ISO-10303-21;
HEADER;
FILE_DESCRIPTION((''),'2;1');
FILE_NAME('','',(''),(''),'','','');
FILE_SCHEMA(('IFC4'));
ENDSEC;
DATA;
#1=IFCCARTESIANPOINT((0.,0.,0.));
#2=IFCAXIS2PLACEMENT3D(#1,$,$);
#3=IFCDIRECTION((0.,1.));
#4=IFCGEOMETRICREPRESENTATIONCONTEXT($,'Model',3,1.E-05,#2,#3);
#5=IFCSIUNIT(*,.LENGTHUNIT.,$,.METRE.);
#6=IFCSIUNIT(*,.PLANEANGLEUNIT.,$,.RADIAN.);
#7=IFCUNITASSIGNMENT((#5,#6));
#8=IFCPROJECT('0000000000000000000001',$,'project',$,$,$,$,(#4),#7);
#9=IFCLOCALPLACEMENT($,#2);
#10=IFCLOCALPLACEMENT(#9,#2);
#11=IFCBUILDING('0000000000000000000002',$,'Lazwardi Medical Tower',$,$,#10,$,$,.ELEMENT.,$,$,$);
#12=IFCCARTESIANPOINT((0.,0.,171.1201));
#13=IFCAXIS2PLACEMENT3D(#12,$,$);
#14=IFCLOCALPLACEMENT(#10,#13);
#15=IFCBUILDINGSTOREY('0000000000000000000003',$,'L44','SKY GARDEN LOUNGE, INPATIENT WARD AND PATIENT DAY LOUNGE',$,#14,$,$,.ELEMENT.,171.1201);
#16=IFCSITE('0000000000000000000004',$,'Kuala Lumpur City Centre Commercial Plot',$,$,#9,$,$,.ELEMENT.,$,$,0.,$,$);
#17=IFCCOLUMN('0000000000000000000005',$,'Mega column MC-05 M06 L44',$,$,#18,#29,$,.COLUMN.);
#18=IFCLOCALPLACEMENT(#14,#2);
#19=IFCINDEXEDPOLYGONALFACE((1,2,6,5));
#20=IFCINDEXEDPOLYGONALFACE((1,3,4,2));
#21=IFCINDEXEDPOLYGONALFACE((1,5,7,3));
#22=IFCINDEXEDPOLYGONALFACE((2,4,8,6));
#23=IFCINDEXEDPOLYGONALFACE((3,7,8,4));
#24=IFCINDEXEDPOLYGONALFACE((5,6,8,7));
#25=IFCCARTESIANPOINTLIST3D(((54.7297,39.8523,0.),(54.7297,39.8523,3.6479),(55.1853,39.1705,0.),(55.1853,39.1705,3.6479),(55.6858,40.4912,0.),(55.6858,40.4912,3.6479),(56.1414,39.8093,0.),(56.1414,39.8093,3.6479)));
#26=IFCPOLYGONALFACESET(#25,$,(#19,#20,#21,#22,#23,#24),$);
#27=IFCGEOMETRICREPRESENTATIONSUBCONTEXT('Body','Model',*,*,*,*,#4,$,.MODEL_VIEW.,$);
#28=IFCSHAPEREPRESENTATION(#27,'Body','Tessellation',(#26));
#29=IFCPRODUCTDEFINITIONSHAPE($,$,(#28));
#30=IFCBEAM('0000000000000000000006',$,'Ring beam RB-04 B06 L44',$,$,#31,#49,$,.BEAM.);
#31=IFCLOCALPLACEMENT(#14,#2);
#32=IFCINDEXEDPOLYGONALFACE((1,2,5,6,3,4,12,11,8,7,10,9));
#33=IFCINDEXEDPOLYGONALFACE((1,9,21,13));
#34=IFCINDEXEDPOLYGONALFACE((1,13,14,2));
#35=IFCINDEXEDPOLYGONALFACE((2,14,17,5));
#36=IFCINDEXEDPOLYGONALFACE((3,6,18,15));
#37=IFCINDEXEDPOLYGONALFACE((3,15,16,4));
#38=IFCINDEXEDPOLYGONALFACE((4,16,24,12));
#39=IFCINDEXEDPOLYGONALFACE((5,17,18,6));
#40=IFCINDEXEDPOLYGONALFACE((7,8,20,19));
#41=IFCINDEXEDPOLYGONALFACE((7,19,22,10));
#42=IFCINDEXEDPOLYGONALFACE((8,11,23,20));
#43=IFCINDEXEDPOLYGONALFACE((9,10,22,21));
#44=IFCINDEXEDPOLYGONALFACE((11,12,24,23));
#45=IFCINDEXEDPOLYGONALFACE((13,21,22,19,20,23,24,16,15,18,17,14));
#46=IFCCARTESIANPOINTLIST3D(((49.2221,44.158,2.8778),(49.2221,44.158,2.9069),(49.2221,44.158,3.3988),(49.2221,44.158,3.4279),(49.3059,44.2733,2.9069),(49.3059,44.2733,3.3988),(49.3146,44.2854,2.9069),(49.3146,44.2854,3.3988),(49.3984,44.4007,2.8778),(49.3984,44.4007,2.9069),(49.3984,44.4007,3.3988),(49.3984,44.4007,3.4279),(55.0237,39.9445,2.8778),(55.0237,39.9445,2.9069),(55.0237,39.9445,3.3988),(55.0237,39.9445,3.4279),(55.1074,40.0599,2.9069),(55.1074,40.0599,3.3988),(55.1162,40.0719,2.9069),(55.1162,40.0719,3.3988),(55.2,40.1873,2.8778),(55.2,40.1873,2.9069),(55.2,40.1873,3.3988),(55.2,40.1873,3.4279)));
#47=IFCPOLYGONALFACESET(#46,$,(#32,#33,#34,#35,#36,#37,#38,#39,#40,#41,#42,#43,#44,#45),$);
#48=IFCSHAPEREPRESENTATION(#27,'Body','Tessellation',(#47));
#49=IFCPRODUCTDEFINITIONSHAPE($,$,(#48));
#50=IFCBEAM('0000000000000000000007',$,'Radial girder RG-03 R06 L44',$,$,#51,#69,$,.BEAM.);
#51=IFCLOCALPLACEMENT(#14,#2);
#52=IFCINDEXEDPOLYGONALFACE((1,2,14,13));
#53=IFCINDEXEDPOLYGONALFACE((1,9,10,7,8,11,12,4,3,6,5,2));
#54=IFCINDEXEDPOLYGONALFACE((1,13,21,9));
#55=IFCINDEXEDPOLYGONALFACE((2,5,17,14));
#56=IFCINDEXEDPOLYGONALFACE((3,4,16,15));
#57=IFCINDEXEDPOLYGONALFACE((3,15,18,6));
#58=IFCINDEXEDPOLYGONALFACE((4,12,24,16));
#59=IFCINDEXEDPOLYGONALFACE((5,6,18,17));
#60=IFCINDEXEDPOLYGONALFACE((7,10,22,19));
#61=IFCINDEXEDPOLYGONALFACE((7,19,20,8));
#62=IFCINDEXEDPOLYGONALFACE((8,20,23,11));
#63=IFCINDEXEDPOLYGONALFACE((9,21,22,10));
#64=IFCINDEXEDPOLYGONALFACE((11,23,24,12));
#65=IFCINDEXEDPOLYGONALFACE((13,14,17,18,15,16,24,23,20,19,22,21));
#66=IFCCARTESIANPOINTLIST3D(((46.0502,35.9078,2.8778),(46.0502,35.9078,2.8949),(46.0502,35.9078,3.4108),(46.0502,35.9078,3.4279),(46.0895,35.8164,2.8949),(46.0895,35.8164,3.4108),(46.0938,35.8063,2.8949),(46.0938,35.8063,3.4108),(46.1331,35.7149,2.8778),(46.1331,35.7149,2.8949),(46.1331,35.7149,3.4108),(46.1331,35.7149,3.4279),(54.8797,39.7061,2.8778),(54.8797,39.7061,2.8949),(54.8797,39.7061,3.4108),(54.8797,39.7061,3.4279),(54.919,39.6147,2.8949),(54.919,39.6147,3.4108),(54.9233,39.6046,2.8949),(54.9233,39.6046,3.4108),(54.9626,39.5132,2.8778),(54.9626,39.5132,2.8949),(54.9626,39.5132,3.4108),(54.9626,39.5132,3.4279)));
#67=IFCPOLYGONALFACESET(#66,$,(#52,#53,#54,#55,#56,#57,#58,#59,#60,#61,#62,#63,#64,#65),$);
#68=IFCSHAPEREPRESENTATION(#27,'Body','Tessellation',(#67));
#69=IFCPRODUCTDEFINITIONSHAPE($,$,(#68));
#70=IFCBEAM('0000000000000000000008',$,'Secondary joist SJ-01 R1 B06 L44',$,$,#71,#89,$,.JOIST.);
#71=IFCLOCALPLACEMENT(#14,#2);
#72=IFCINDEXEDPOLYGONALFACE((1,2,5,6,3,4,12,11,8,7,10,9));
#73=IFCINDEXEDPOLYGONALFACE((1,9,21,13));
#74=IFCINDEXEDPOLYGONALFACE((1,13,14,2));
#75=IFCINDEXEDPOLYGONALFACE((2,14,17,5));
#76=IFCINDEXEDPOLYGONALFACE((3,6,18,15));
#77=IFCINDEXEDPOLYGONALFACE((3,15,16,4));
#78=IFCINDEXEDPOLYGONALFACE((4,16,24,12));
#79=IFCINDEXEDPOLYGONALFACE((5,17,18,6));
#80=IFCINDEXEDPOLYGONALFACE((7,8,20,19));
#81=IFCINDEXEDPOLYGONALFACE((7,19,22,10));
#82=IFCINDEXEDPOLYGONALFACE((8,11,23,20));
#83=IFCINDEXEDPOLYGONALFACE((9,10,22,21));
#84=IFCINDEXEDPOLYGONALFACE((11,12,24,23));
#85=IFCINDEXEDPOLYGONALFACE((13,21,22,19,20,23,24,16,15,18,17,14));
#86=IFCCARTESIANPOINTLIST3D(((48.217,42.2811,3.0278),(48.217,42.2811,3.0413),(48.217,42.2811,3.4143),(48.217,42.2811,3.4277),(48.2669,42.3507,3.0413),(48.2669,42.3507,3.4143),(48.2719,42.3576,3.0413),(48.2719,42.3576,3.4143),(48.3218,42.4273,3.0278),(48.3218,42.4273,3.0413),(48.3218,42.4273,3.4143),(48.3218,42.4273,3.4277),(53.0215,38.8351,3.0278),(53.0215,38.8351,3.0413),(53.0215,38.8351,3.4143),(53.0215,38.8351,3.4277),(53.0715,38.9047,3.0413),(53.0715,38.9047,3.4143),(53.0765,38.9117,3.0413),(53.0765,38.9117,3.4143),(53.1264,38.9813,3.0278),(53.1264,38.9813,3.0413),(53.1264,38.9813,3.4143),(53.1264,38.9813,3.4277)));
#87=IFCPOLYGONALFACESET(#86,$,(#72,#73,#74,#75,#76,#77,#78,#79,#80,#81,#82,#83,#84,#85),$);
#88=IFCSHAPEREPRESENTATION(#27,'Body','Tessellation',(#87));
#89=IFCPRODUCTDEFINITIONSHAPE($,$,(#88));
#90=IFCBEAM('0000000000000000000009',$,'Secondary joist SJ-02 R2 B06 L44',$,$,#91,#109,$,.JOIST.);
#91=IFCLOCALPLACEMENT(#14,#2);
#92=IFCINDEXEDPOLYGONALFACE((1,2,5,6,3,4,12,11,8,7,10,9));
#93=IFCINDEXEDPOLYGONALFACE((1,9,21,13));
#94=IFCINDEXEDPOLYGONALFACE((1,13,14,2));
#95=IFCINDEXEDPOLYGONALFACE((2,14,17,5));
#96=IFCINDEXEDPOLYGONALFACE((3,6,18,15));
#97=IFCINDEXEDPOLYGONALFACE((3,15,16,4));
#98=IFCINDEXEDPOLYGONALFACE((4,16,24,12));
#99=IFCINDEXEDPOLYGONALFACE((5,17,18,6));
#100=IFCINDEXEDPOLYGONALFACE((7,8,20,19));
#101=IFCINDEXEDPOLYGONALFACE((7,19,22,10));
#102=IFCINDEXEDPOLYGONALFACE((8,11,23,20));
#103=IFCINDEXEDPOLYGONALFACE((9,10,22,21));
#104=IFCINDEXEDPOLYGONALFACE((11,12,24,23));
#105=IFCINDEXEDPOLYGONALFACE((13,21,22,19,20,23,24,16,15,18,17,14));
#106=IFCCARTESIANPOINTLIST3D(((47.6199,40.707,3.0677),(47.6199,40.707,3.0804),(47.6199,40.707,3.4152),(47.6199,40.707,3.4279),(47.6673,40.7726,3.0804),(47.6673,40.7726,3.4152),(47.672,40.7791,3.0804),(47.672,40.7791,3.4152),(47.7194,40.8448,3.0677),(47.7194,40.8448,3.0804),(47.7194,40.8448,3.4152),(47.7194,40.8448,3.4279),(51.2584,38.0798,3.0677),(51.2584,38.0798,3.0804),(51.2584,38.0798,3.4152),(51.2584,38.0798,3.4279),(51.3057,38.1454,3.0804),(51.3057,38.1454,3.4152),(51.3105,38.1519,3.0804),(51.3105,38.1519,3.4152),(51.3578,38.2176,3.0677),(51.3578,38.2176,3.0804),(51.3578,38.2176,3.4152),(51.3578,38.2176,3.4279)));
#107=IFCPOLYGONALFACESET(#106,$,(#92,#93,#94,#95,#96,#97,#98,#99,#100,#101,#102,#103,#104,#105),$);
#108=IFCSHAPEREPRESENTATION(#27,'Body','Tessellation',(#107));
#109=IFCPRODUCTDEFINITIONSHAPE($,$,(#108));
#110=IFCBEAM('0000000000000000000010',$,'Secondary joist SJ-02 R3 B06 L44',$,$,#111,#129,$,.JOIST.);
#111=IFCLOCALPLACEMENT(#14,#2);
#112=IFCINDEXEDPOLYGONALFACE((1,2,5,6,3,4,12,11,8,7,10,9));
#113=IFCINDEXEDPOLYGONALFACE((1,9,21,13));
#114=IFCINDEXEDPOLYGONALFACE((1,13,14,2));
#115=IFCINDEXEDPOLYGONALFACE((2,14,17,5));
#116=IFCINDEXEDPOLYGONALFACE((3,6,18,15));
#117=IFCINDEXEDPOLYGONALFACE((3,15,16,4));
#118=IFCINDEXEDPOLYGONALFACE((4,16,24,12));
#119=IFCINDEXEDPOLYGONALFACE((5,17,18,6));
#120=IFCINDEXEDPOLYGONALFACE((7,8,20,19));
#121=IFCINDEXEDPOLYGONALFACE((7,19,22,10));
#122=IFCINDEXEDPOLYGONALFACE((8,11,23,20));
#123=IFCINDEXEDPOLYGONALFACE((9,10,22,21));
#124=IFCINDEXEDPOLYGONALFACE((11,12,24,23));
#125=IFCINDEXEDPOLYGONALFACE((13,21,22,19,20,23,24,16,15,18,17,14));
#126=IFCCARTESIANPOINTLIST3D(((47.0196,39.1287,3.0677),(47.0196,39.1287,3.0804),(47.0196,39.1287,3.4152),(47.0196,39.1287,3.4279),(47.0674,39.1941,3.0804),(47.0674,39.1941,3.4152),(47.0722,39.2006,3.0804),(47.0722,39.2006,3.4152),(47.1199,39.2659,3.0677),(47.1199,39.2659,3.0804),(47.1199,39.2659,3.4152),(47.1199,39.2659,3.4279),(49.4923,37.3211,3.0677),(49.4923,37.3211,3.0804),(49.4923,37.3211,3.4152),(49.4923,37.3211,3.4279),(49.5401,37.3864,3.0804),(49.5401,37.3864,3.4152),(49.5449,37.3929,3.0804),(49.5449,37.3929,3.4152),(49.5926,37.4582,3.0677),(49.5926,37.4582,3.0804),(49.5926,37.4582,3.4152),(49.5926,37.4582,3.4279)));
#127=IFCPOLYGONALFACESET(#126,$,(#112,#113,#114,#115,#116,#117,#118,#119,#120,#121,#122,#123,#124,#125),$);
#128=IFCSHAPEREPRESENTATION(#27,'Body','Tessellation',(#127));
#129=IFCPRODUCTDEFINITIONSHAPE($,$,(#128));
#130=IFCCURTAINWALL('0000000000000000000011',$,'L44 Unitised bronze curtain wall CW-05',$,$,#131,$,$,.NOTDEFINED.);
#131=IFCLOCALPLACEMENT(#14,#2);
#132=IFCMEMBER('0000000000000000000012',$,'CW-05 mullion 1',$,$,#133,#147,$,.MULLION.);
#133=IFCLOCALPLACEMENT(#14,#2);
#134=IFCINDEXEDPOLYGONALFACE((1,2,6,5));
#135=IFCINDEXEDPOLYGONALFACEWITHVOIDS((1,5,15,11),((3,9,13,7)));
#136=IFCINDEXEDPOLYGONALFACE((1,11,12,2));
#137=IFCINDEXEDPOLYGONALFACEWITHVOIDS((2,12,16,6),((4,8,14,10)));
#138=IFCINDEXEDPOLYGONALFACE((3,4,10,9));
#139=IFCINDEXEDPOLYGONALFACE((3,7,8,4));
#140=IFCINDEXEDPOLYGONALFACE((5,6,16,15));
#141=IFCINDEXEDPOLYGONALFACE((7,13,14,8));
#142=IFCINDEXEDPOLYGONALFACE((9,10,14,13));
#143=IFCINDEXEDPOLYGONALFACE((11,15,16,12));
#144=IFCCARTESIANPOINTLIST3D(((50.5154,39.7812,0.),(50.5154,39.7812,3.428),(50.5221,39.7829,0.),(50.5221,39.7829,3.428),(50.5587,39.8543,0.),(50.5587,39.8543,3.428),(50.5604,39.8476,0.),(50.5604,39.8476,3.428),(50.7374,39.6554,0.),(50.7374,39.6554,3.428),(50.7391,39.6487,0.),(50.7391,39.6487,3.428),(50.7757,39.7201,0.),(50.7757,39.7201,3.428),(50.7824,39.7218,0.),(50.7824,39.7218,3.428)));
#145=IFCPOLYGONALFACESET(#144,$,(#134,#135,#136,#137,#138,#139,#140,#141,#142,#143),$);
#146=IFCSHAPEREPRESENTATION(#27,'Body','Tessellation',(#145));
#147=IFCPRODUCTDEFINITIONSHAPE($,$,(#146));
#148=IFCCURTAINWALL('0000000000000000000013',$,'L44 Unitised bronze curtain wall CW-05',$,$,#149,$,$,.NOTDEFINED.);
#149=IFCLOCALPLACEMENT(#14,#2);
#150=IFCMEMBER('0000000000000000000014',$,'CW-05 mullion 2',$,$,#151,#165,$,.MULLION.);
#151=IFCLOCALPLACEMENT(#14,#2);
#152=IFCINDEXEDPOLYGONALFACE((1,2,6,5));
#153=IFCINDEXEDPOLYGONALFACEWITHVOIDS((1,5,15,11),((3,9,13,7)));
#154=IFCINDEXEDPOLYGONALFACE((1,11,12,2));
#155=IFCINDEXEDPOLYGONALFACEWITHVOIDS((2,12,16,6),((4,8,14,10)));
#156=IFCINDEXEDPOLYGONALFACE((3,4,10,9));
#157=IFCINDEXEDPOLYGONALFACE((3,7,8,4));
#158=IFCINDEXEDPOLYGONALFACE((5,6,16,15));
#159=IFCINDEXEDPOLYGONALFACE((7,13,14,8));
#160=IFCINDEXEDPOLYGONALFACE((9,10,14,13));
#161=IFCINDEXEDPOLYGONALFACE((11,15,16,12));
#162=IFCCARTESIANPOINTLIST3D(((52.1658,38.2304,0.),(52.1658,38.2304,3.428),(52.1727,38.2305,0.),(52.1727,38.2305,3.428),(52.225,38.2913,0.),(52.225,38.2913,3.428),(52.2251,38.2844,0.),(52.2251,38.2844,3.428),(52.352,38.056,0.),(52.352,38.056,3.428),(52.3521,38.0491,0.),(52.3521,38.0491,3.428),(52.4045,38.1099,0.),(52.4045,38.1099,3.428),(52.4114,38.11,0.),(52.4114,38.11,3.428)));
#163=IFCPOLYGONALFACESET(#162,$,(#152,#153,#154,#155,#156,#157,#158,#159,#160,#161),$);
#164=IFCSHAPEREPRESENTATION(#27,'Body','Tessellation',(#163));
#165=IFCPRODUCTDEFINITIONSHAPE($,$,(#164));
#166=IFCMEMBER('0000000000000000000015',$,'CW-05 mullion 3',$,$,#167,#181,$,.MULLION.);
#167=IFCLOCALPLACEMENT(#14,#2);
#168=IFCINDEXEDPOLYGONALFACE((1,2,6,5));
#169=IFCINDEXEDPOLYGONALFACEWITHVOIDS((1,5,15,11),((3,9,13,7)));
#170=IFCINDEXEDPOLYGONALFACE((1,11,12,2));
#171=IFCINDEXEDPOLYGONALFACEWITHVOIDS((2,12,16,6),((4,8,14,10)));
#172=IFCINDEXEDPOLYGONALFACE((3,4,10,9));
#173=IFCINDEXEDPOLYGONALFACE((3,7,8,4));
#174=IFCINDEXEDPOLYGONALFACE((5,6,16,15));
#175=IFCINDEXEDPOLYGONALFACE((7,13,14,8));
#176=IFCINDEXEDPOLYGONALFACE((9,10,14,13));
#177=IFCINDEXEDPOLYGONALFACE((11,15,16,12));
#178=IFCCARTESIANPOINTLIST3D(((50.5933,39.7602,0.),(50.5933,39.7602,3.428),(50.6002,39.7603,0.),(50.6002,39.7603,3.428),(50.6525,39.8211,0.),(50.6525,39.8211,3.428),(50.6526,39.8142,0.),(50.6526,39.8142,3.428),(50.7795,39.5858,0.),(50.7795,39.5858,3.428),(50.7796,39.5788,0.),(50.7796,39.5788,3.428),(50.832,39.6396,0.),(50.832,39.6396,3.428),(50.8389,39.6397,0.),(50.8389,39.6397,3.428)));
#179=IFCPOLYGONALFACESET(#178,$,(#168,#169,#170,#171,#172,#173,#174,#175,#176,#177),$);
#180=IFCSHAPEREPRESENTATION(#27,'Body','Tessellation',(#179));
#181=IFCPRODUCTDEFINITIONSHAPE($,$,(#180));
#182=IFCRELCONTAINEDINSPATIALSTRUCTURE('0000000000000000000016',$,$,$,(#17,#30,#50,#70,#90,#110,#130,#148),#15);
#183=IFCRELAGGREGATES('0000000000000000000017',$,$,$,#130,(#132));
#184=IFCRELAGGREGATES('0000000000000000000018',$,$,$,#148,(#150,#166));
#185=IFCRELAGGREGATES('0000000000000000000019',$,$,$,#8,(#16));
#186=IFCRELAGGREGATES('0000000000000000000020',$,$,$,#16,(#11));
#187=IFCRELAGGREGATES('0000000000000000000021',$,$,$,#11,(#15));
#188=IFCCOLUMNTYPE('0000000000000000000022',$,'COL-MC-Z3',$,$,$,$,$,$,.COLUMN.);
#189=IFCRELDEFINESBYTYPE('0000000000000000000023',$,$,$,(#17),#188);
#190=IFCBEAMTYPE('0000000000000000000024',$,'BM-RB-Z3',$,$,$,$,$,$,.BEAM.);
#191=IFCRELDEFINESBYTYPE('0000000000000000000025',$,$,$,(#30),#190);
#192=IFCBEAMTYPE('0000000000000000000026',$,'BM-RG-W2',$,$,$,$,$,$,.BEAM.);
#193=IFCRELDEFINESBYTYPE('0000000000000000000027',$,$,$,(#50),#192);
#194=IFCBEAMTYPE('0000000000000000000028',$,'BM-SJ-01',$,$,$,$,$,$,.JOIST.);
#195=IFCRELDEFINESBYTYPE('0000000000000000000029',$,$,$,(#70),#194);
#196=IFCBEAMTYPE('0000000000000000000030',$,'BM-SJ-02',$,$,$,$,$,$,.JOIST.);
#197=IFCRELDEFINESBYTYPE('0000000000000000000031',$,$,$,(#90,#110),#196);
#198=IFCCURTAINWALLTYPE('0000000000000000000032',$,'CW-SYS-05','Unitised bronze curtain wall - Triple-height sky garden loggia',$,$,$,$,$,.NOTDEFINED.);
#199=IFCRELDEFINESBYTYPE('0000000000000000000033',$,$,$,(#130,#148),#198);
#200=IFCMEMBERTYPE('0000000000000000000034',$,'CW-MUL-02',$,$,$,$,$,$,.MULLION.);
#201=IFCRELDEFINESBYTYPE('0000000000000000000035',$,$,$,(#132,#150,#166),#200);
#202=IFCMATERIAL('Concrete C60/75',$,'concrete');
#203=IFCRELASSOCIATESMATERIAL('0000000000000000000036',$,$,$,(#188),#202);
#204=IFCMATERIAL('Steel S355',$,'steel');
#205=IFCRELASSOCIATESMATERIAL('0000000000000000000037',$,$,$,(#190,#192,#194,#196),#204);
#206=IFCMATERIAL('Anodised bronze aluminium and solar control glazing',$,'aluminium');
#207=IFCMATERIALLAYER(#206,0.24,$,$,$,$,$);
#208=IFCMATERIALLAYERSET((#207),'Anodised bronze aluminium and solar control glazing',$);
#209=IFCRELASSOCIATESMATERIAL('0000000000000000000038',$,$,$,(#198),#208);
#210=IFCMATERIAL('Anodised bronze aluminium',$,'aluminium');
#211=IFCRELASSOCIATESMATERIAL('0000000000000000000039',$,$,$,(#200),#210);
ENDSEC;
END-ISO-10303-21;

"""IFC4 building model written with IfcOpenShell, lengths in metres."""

from ifc_helpers import new_model, si_unit, direction, frame, origin, origin_2d, place, context, subcontext, project, spatial, rectangle, hollow_rectangle, i_section, extrude, material, layer, layer_set, material_profile, profile_set, type_object, element, aggregate, save


model = new_model("IFC4")

# Units and contexts
model_context = context("Model", 3, precision=1e-05, world=origin(), true_north=direction((0.0, 1.0)))
body_context = subcontext(model_context, "Body", "Model", "MODEL_VIEW")
ifc_project = project(units=[si_unit("LENGTHUNIT", "METRE"), si_unit("PLANEANGLEUNIT", "RADIAN")], contexts=[model_context])

# Site, building, storey
site_placement = place(None, origin())
site = spatial("IfcSite", under=ifc_project, at=site_placement, Name="Kuala Lumpur City Centre Commercial Plot", CompositionType="ELEMENT", RefElevation=0.0)
building_placement = place(site_placement, origin())
building = spatial("IfcBuilding", under=site, at=building_placement, Name="Lazwardi Medical Tower", CompositionType="ELEMENT")
storey_placement = place(building_placement, frame((0.0, 0.0, 171.1201)))
storey = spatial("IfcBuildingStorey", under=building, at=storey_placement, Name="L44", Description="SKY GARDEN LOUNGE, INPATIENT WARD AND PATIENT DAY LOUNGE", CompositionType="ELEMENT", Elevation=171.1201)

# Column
ifc_material_1 = material(Name="Concrete C60/75", Category="concrete")
ifc_material_profile_1 = material_profile(ifc_material_1, rectangle(XDim=1.1499, YDim=0.8201, at=origin_2d()), Name="CFT-RECT 1150x820")
ifc_profile_set_1 = profile_set([ifc_material_profile_1], Name="Concrete C60/75")
column_type = type_object("IfcColumnType", Name="COL-MC-Z3", PredefinedType="COLUMN", material=ifc_profile_set_1)
column_placement = place(storey_placement, frame((55.4355, 39.8308, 0.0), z_axis=(0.0, 0.0, 1.0), x_axis=(0.83147, 0.55557, 0.0)))
element("IfcColumn", 1, at=column_placement, inside=storey, type_object=column_type, Name="Mega column MC-05 M06 L44", PredefinedType="COLUMN", context=body_context, shape_type="SweptSolid", body=[
    extrude(rectangle(XDim=1.1499, YDim=0.8201, at=origin_2d()), origin(), (0.0, 0.0, 1.0), 3.6479),
])

# Beams
ifc_material_2 = material(Name="Steel S355", Category="steel")
ifc_material_profile_2 = material_profile(ifc_material_2, i_section(OverallWidth=0.3, OverallDepth=0.55, WebThickness=0.0149, FlangeThickness=0.0291, at=origin_2d()), Name="HEB 550")
ifc_profile_set_2 = profile_set([ifc_material_profile_2], Name="Steel S355")
beam_type_1 = type_object("IfcBeamType", Name="BM-RB-Z3", PredefinedType="BEAM", material=ifc_profile_set_2)
beam_1_placement = place(storey_placement, frame((55.1118, 40.0659, 3.1528), z_axis=(-0.809128, 0.587633, 0.0), x_axis=(-0.587633, -0.809128, 0.0)))
element("IfcBeam", 2, at=beam_1_placement, inside=storey, type_object=beam_type_1, Name="Ring beam RB-04 B06 L44", PredefinedType="BEAM", context=body_context, shape_type="SweptSolid", body=[
    extrude(i_section(OverallWidth=0.3, OverallDepth=0.55, WebThickness=0.0149, FlangeThickness=0.0291, at=origin_2d()), origin(), (0.0, 0.0, 1.0), 7.1702),
])
ifc_material_profile_3 = material_profile(ifc_material_2, i_section(OverallWidth=0.21, OverallDepth=0.55, WebThickness=0.011, FlangeThickness=0.0171, at=origin_2d()), Name="IPE 550")
ifc_profile_set_3 = profile_set([ifc_material_profile_3], Name="Steel S355")
beam_type_2 = type_object("IfcBeamType", Name="BM-RG-W2", PredefinedType="BEAM", material=ifc_profile_set_3)
beam_2_placement = place(storey_placement, frame((54.9211, 39.6096, 3.1528), z_axis=(-0.918608, -0.39517, 0.0), x_axis=(0.39517, -0.918608, 0.0)))
element("IfcBeam", 3, at=beam_2_placement, inside=storey, type_object=beam_type_2, Name="Radial girder RG-03 R06 L44", PredefinedType="BEAM", context=body_context, shape_type="SweptSolid", body=[
    extrude(i_section(OverallWidth=0.21, OverallDepth=0.55, WebThickness=0.011, FlangeThickness=0.0171, at=origin_2d()), origin(), (0.0, 0.0, 1.0), 9.6118),
])
ifc_material_profile_4 = material_profile(ifc_material_2, i_section(OverallWidth=0.1799, OverallDepth=0.3999, WebThickness=0.0085, FlangeThickness=0.0134, at=origin_2d()), Name="IPE 400")
ifc_profile_set_4 = profile_set([ifc_material_profile_4], Name="Steel S355")
beam_type_3 = type_object("IfcBeamType", Name="BM-SJ-01", PredefinedType="JOIST", material=ifc_profile_set_4)
beam_3_placement = place(storey_placement, frame((53.074, 38.9082, 3.2278), z_axis=(-0.812602, 0.582819, 0.0), x_axis=(-0.582819, -0.812602, 0.0)))
element("IfcBeam", 4, at=beam_3_placement, inside=storey, type_object=beam_type_3, Name="Secondary joist SJ-01 R1 B06 L44", PredefinedType="JOIST", context=body_context, shape_type="SweptSolid", body=[
    extrude(i_section(OverallWidth=0.1799, OverallDepth=0.3999, WebThickness=0.0085, FlangeThickness=0.0134, at=origin_2d()), origin(), (0.0, 0.0, 1.0), 5.9126),
])
ifc_material_profile_5 = material_profile(ifc_material_2, i_section(OverallWidth=0.1699, OverallDepth=0.3601, WebThickness=0.0081, FlangeThickness=0.0127, at=origin_2d()), Name="IPE 360")
ifc_profile_set_5 = profile_set([ifc_material_profile_5], Name="Steel S355")
beam_type_4 = type_object("IfcBeamType", Name="BM-SJ-02", PredefinedType="JOIST", material=ifc_profile_set_5)
beam_4_placement = place(storey_placement, frame((51.3081, 38.1487, 3.2478), z_axis=(-0.810738, 0.585409, 0.0), x_axis=(-0.585409, -0.810738, 0.0)))
element("IfcBeam", 5, at=beam_4_placement, inside=storey, type_object=beam_type_4, Name="Secondary joist SJ-02 R2 B06 L44", PredefinedType="JOIST", context=body_context, shape_type="SweptSolid", body=[
    extrude(i_section(OverallWidth=0.1699, OverallDepth=0.3601, WebThickness=0.0081, FlangeThickness=0.0127, at=origin_2d()), origin(), (0.0, 0.0, 1.0), 4.4878),
])
beam_5_placement = place(storey_placement, frame((49.5425, 37.3896, 3.2478), z_axis=(-0.807286, 0.59016, 0.0), x_axis=(-0.59016, -0.807286, 0.0)))
element("IfcBeam", 6, at=beam_5_placement, inside=storey, type_object=beam_type_4, Name="Secondary joist SJ-02 R3 B06 L44", PredefinedType="JOIST", context=body_context, shape_type="SweptSolid", body=[
    extrude(i_section(OverallWidth=0.1699, OverallDepth=0.3601, WebThickness=0.0081, FlangeThickness=0.0127, at=origin_2d()), origin(), (0.0, 0.0, 1.0), 3.063),
])

# Curtain wall, member
ifc_material_3 = material(Name="Anodised bronze aluminium and solar control glazing", Category="aluminium")
ifc_layer_1 = layer(ifc_material_3, 0.24)
ifc_layer_set_1 = layer_set([ifc_layer_1], Name="Anodised bronze aluminium and solar control glazing")
curtain_wall_type = type_object("IfcCurtainWallType", Name="CW-SYS-05", Description="Unitised bronze curtain wall - Triple-height sky garden loggia", PredefinedType="NOTDEFINED", material=ifc_layer_set_1)
curtain_wall_1_placement = place(storey_placement, origin())
curtain_wall_1 = element("IfcCurtainWall", 7, at=curtain_wall_1_placement, inside=storey, type_object=curtain_wall_type, Name="L44 Unitised bronze curtain wall CW-05", PredefinedType="NOTDEFINED")
ifc_material_4 = material(Name="Anodised bronze aluminium", Category="aluminium")
ifc_material_profile_6 = material_profile(ifc_material_4, hollow_rectangle(XDim=0.085, YDim=0.26, WallThickness=0.0049, at=origin_2d()), Name="ALU-MULLION 260x85x5")
ifc_profile_set_6 = profile_set([ifc_material_profile_6], Name="Anodised bronze aluminium")
member_type_1 = type_object("IfcMemberType", Name="CW-MUL-02", PredefinedType="MULLION", material=ifc_profile_set_6)
member_1_placement = place(storey_placement, frame((50.6489, 39.7515, 0.0), z_axis=(0.0, 0.0, 1.0), x_axis=(-0.509571, -0.860429, 0.0)))
member_1 = element("IfcMember", 8, at=member_1_placement, type_object=member_type_1, Name="CW-05 mullion 1", PredefinedType="MULLION", context=body_context, shape_type="SweptSolid", body=[
    extrude(hollow_rectangle(XDim=0.085, YDim=0.26, WallThickness=0.0049, at=origin_2d()), origin(), (0.0, 0.0, 1.0), 3.428),
])

# Curtain wall, members
curtain_wall_2_placement = place(storey_placement, origin())
curtain_wall_2 = element("IfcCurtainWall", 9, at=curtain_wall_2_placement, inside=storey, type_object=curtain_wall_type, Name="L44 Unitised bronze curtain wall CW-05", PredefinedType="NOTDEFINED")
member_2_placement = place(storey_placement, frame((52.2886, 38.1702, 0.0), z_axis=(0.0, 0.0, 1.0), x_axis=(-0.697348, -0.716732, 0.0)))
member_2 = element("IfcMember", 10, at=member_2_placement, type_object=member_type_1, Name="CW-05 mullion 2", PredefinedType="MULLION", context=body_context, shape_type="SweptSolid", body=[
    extrude(hollow_rectangle(XDim=0.085, YDim=0.26, WallThickness=0.0049, at=origin_2d()), origin(), (0.0, 0.0, 1.0), 3.428),
])
member_3_placement = place(storey_placement, frame((50.7161, 39.7, 0.0), z_axis=(0.0, 0.0, 1.0), x_axis=(-0.697348, -0.716732, 0.0)))
member_3 = element("IfcMember", 11, at=member_3_placement, type_object=member_type_1, Name="CW-05 mullion 3", PredefinedType="MULLION", context=body_context, shape_type="SweptSolid", body=[
    extrude(hollow_rectangle(XDim=0.085, YDim=0.26, WallThickness=0.0049, at=origin_2d()), origin(), (0.0, 0.0, 1.0), 3.428),
])

aggregate(curtain_wall_1, [member_1])
aggregate(curtain_wall_2, [member_2, member_3])

save(model, "model.ifc")
